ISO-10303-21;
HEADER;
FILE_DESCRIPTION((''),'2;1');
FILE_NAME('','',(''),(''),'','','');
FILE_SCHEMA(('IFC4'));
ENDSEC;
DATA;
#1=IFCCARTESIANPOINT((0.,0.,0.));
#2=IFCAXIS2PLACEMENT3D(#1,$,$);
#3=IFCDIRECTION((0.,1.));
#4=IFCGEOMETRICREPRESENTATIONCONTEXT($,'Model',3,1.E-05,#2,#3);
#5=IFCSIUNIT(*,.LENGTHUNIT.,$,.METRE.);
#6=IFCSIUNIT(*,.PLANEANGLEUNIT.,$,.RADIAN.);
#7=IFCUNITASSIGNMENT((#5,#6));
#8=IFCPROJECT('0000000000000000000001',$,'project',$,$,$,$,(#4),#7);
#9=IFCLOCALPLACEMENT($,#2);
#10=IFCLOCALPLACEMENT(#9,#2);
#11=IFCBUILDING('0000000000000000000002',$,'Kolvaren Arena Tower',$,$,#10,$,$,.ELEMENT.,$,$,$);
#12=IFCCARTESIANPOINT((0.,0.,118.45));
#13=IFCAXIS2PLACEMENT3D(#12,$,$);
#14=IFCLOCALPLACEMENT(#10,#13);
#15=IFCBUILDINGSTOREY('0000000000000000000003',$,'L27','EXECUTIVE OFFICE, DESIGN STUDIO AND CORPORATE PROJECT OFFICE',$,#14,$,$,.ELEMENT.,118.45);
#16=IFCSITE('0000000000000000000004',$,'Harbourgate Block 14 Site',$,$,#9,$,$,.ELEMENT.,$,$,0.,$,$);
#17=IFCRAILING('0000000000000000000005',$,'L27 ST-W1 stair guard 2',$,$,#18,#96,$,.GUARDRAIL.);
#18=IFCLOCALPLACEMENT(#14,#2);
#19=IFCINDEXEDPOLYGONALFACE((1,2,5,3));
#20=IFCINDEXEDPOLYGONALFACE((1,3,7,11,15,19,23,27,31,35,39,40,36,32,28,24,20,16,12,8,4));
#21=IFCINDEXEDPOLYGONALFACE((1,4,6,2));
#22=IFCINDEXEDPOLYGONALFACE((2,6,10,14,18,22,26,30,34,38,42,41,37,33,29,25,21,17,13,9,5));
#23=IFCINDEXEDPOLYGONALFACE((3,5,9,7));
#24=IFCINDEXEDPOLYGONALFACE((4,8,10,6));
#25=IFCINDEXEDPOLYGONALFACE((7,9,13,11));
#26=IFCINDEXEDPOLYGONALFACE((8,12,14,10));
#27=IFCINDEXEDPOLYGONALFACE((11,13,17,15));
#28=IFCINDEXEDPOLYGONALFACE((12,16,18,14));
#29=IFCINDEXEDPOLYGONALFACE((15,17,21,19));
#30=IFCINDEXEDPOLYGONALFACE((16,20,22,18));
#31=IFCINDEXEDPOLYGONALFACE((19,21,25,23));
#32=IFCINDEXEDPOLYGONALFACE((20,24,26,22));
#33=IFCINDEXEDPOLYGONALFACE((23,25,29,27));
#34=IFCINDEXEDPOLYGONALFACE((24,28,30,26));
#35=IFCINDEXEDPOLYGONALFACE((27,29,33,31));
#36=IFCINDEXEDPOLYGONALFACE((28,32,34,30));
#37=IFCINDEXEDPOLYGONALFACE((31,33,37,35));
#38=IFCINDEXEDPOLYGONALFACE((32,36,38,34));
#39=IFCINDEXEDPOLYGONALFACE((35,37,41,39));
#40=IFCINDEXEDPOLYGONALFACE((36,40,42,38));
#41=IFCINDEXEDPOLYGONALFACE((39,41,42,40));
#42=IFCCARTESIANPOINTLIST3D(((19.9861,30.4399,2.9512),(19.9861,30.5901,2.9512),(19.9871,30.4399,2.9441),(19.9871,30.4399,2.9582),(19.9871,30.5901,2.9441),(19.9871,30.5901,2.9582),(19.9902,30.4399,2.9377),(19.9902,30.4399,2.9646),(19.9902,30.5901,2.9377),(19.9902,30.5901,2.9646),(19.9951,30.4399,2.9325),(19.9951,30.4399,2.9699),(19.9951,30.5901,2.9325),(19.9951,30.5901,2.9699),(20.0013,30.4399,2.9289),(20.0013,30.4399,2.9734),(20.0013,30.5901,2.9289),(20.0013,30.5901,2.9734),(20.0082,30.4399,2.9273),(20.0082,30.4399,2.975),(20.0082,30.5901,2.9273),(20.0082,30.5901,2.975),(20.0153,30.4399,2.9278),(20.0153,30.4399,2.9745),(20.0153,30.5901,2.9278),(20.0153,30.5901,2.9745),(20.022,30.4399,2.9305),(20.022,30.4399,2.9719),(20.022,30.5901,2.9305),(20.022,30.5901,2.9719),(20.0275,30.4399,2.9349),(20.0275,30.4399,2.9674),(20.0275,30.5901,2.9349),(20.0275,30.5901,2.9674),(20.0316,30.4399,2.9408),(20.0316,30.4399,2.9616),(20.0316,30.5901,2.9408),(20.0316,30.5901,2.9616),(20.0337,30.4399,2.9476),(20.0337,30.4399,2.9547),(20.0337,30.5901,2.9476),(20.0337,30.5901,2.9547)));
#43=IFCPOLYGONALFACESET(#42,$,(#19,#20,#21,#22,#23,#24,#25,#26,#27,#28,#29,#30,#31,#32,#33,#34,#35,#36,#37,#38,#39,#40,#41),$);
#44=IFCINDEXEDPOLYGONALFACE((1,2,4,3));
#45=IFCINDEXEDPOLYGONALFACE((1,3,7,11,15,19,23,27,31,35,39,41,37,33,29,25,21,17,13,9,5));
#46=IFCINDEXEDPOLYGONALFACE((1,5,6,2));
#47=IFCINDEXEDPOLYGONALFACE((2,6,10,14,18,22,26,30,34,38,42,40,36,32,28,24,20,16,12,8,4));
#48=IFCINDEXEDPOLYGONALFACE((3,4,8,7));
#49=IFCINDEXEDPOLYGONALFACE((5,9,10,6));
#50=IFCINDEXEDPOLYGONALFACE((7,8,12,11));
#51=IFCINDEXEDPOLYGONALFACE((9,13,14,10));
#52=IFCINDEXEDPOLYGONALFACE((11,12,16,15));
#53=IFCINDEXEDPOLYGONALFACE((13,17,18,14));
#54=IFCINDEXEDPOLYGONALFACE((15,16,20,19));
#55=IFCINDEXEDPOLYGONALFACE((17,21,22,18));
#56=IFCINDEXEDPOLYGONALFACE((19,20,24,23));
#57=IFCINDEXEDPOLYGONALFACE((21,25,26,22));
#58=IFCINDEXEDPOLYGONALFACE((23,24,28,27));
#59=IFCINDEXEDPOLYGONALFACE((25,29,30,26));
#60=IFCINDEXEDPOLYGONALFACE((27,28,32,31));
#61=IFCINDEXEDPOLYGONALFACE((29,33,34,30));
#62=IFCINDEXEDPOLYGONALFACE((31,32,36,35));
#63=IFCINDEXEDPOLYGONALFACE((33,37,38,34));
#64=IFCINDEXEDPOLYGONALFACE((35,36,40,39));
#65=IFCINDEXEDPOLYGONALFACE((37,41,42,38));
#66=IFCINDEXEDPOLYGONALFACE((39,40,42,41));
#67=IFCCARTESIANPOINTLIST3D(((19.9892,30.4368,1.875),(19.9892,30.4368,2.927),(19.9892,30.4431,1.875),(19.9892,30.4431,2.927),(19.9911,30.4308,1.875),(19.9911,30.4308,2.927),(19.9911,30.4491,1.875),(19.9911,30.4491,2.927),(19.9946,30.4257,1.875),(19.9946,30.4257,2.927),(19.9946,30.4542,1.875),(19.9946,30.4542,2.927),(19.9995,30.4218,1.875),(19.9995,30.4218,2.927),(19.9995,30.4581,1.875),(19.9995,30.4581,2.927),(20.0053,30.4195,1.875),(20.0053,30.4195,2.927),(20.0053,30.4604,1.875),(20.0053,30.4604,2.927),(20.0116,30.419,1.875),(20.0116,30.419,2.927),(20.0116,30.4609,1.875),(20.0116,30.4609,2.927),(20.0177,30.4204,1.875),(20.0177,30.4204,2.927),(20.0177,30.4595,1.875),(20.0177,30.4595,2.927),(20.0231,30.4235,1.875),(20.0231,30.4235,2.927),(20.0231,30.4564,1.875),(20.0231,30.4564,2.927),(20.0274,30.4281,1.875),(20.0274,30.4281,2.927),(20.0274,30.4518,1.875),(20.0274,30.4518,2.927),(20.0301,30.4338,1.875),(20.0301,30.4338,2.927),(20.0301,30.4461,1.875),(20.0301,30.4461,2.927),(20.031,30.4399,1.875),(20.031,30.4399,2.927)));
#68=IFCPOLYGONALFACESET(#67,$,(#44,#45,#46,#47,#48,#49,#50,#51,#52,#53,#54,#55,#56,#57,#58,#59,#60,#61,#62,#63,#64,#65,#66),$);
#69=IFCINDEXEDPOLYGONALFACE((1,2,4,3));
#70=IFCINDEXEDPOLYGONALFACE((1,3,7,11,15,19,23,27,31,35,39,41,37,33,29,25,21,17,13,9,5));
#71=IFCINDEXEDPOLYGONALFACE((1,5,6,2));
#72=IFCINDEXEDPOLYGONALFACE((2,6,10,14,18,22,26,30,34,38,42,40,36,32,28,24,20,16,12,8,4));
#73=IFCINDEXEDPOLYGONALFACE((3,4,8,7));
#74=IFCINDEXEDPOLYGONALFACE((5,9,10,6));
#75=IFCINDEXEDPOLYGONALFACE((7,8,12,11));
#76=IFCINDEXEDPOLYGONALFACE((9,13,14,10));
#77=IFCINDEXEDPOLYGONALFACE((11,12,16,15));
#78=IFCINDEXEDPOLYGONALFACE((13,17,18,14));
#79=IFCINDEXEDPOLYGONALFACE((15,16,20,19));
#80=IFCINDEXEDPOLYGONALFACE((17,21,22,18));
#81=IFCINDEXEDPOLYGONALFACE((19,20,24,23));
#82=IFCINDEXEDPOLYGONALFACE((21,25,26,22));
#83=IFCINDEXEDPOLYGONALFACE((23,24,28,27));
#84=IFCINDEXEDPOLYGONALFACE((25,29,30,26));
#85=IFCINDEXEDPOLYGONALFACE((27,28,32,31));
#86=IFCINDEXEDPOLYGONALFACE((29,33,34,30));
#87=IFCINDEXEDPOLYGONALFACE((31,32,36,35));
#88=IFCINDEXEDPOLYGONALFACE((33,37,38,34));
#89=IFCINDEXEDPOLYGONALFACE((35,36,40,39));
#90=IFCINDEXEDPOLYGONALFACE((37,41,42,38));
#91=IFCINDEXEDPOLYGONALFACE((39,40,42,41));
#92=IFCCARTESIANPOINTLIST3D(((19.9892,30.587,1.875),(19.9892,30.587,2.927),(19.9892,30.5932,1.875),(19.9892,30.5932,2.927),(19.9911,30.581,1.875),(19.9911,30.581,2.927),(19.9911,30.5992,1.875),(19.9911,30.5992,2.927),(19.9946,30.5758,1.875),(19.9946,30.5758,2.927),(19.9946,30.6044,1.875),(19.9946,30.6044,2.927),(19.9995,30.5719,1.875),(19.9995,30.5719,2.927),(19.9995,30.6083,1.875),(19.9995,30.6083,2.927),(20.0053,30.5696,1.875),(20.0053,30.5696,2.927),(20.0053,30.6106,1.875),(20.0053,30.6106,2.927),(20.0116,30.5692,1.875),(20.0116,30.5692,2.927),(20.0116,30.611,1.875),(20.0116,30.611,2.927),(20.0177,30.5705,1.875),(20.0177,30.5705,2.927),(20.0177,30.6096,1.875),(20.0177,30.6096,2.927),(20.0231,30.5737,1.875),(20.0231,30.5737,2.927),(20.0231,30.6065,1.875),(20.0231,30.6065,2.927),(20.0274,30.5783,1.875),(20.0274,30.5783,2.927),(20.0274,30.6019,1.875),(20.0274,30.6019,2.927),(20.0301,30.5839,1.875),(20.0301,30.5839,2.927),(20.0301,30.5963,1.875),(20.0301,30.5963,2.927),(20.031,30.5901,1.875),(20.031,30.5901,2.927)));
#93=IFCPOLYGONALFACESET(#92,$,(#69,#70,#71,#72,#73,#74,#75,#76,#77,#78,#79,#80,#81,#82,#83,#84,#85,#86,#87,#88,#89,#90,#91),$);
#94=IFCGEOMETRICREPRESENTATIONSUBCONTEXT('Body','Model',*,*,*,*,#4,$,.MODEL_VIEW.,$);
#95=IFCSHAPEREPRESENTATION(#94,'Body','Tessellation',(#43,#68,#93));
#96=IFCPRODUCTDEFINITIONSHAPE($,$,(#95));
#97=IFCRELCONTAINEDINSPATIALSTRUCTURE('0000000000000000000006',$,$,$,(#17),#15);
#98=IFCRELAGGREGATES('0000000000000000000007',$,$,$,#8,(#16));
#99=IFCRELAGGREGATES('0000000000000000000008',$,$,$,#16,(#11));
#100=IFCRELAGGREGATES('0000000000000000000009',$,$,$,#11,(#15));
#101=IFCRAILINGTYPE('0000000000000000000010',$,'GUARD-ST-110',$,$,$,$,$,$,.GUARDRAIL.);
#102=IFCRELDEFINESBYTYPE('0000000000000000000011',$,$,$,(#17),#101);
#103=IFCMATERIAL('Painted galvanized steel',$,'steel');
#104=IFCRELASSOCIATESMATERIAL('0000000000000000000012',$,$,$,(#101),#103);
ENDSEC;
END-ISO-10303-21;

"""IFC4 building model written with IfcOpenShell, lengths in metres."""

from ifc_helpers import new_model, si_unit, direction, frame, origin, origin_2d, place, context, subcontext, project, spatial, circle, extrude, material, type_object, element, save


model = new_model("IFC4")

# Units and contexts
model_context = context("Model", 3, precision=1e-05, world=origin(), true_north=direction((0.0, 1.0)))
body_context = subcontext(model_context, "Body", "Model", "MODEL_VIEW")
ifc_project = project(units=[si_unit("LENGTHUNIT", "METRE"), si_unit("PLANEANGLEUNIT", "RADIAN")], contexts=[model_context])

# Site, building, storey
site_placement = place(None, origin())
site = spatial("IfcSite", under=ifc_project, at=site_placement, Name="Harbourgate Block 14 Site", CompositionType="ELEMENT", RefElevation=0.0)
building_placement = place(site_placement, origin())
building = spatial("IfcBuilding", under=site, at=building_placement, Name="Kolvaren Arena Tower", CompositionType="ELEMENT")
storey_placement = place(building_placement, frame((0.0, 0.0, 118.45)))
storey = spatial("IfcBuildingStorey", under=building, at=storey_placement, Name="L27", Description="EXECUTIVE OFFICE, DESIGN STUDIO AND CORPORATE PROJECT OFFICE", CompositionType="ELEMENT", Elevation=118.45)

# Railing
ifc_material_1 = material(Name="Painted galvanized steel", Category="steel")
railing_type_1 = type_object("IfcRailingType", Name="GUARD-ST-110", PredefinedType="GUARDRAIL", material=ifc_material_1)
railing_1_placement = place(storey_placement, frame((20.01, 30.4399, 1.875)))
element("IfcRailing", 1, at=railing_1_placement, inside=storey, type_object=railing_type_1, Name="L27 ST-W1 stair guard 2", PredefinedType="GUARDRAIL", context=body_context, shape_type="SweptSolid", body=[
    extrude(circle(Radius=0.0239, at=origin_2d()), frame((0.0, 0.0, 1.0762), z_axis=(0.0, 1.0, 0.0), x_axis=(-1.0, 0.0, 0.0)), (0.0, 0.0, 1.0), 0.1501),
    extrude(circle(Radius=0.021, at=origin_2d()), origin(), (0.0, 0.0, 1.0), 1.052),
    extrude(circle(Radius=0.021, at=origin_2d()), frame((0.0, 0.1501, 0.0)), (0.0, 0.0, 1.0), 1.052),
])

save(model, "model.ifc")
